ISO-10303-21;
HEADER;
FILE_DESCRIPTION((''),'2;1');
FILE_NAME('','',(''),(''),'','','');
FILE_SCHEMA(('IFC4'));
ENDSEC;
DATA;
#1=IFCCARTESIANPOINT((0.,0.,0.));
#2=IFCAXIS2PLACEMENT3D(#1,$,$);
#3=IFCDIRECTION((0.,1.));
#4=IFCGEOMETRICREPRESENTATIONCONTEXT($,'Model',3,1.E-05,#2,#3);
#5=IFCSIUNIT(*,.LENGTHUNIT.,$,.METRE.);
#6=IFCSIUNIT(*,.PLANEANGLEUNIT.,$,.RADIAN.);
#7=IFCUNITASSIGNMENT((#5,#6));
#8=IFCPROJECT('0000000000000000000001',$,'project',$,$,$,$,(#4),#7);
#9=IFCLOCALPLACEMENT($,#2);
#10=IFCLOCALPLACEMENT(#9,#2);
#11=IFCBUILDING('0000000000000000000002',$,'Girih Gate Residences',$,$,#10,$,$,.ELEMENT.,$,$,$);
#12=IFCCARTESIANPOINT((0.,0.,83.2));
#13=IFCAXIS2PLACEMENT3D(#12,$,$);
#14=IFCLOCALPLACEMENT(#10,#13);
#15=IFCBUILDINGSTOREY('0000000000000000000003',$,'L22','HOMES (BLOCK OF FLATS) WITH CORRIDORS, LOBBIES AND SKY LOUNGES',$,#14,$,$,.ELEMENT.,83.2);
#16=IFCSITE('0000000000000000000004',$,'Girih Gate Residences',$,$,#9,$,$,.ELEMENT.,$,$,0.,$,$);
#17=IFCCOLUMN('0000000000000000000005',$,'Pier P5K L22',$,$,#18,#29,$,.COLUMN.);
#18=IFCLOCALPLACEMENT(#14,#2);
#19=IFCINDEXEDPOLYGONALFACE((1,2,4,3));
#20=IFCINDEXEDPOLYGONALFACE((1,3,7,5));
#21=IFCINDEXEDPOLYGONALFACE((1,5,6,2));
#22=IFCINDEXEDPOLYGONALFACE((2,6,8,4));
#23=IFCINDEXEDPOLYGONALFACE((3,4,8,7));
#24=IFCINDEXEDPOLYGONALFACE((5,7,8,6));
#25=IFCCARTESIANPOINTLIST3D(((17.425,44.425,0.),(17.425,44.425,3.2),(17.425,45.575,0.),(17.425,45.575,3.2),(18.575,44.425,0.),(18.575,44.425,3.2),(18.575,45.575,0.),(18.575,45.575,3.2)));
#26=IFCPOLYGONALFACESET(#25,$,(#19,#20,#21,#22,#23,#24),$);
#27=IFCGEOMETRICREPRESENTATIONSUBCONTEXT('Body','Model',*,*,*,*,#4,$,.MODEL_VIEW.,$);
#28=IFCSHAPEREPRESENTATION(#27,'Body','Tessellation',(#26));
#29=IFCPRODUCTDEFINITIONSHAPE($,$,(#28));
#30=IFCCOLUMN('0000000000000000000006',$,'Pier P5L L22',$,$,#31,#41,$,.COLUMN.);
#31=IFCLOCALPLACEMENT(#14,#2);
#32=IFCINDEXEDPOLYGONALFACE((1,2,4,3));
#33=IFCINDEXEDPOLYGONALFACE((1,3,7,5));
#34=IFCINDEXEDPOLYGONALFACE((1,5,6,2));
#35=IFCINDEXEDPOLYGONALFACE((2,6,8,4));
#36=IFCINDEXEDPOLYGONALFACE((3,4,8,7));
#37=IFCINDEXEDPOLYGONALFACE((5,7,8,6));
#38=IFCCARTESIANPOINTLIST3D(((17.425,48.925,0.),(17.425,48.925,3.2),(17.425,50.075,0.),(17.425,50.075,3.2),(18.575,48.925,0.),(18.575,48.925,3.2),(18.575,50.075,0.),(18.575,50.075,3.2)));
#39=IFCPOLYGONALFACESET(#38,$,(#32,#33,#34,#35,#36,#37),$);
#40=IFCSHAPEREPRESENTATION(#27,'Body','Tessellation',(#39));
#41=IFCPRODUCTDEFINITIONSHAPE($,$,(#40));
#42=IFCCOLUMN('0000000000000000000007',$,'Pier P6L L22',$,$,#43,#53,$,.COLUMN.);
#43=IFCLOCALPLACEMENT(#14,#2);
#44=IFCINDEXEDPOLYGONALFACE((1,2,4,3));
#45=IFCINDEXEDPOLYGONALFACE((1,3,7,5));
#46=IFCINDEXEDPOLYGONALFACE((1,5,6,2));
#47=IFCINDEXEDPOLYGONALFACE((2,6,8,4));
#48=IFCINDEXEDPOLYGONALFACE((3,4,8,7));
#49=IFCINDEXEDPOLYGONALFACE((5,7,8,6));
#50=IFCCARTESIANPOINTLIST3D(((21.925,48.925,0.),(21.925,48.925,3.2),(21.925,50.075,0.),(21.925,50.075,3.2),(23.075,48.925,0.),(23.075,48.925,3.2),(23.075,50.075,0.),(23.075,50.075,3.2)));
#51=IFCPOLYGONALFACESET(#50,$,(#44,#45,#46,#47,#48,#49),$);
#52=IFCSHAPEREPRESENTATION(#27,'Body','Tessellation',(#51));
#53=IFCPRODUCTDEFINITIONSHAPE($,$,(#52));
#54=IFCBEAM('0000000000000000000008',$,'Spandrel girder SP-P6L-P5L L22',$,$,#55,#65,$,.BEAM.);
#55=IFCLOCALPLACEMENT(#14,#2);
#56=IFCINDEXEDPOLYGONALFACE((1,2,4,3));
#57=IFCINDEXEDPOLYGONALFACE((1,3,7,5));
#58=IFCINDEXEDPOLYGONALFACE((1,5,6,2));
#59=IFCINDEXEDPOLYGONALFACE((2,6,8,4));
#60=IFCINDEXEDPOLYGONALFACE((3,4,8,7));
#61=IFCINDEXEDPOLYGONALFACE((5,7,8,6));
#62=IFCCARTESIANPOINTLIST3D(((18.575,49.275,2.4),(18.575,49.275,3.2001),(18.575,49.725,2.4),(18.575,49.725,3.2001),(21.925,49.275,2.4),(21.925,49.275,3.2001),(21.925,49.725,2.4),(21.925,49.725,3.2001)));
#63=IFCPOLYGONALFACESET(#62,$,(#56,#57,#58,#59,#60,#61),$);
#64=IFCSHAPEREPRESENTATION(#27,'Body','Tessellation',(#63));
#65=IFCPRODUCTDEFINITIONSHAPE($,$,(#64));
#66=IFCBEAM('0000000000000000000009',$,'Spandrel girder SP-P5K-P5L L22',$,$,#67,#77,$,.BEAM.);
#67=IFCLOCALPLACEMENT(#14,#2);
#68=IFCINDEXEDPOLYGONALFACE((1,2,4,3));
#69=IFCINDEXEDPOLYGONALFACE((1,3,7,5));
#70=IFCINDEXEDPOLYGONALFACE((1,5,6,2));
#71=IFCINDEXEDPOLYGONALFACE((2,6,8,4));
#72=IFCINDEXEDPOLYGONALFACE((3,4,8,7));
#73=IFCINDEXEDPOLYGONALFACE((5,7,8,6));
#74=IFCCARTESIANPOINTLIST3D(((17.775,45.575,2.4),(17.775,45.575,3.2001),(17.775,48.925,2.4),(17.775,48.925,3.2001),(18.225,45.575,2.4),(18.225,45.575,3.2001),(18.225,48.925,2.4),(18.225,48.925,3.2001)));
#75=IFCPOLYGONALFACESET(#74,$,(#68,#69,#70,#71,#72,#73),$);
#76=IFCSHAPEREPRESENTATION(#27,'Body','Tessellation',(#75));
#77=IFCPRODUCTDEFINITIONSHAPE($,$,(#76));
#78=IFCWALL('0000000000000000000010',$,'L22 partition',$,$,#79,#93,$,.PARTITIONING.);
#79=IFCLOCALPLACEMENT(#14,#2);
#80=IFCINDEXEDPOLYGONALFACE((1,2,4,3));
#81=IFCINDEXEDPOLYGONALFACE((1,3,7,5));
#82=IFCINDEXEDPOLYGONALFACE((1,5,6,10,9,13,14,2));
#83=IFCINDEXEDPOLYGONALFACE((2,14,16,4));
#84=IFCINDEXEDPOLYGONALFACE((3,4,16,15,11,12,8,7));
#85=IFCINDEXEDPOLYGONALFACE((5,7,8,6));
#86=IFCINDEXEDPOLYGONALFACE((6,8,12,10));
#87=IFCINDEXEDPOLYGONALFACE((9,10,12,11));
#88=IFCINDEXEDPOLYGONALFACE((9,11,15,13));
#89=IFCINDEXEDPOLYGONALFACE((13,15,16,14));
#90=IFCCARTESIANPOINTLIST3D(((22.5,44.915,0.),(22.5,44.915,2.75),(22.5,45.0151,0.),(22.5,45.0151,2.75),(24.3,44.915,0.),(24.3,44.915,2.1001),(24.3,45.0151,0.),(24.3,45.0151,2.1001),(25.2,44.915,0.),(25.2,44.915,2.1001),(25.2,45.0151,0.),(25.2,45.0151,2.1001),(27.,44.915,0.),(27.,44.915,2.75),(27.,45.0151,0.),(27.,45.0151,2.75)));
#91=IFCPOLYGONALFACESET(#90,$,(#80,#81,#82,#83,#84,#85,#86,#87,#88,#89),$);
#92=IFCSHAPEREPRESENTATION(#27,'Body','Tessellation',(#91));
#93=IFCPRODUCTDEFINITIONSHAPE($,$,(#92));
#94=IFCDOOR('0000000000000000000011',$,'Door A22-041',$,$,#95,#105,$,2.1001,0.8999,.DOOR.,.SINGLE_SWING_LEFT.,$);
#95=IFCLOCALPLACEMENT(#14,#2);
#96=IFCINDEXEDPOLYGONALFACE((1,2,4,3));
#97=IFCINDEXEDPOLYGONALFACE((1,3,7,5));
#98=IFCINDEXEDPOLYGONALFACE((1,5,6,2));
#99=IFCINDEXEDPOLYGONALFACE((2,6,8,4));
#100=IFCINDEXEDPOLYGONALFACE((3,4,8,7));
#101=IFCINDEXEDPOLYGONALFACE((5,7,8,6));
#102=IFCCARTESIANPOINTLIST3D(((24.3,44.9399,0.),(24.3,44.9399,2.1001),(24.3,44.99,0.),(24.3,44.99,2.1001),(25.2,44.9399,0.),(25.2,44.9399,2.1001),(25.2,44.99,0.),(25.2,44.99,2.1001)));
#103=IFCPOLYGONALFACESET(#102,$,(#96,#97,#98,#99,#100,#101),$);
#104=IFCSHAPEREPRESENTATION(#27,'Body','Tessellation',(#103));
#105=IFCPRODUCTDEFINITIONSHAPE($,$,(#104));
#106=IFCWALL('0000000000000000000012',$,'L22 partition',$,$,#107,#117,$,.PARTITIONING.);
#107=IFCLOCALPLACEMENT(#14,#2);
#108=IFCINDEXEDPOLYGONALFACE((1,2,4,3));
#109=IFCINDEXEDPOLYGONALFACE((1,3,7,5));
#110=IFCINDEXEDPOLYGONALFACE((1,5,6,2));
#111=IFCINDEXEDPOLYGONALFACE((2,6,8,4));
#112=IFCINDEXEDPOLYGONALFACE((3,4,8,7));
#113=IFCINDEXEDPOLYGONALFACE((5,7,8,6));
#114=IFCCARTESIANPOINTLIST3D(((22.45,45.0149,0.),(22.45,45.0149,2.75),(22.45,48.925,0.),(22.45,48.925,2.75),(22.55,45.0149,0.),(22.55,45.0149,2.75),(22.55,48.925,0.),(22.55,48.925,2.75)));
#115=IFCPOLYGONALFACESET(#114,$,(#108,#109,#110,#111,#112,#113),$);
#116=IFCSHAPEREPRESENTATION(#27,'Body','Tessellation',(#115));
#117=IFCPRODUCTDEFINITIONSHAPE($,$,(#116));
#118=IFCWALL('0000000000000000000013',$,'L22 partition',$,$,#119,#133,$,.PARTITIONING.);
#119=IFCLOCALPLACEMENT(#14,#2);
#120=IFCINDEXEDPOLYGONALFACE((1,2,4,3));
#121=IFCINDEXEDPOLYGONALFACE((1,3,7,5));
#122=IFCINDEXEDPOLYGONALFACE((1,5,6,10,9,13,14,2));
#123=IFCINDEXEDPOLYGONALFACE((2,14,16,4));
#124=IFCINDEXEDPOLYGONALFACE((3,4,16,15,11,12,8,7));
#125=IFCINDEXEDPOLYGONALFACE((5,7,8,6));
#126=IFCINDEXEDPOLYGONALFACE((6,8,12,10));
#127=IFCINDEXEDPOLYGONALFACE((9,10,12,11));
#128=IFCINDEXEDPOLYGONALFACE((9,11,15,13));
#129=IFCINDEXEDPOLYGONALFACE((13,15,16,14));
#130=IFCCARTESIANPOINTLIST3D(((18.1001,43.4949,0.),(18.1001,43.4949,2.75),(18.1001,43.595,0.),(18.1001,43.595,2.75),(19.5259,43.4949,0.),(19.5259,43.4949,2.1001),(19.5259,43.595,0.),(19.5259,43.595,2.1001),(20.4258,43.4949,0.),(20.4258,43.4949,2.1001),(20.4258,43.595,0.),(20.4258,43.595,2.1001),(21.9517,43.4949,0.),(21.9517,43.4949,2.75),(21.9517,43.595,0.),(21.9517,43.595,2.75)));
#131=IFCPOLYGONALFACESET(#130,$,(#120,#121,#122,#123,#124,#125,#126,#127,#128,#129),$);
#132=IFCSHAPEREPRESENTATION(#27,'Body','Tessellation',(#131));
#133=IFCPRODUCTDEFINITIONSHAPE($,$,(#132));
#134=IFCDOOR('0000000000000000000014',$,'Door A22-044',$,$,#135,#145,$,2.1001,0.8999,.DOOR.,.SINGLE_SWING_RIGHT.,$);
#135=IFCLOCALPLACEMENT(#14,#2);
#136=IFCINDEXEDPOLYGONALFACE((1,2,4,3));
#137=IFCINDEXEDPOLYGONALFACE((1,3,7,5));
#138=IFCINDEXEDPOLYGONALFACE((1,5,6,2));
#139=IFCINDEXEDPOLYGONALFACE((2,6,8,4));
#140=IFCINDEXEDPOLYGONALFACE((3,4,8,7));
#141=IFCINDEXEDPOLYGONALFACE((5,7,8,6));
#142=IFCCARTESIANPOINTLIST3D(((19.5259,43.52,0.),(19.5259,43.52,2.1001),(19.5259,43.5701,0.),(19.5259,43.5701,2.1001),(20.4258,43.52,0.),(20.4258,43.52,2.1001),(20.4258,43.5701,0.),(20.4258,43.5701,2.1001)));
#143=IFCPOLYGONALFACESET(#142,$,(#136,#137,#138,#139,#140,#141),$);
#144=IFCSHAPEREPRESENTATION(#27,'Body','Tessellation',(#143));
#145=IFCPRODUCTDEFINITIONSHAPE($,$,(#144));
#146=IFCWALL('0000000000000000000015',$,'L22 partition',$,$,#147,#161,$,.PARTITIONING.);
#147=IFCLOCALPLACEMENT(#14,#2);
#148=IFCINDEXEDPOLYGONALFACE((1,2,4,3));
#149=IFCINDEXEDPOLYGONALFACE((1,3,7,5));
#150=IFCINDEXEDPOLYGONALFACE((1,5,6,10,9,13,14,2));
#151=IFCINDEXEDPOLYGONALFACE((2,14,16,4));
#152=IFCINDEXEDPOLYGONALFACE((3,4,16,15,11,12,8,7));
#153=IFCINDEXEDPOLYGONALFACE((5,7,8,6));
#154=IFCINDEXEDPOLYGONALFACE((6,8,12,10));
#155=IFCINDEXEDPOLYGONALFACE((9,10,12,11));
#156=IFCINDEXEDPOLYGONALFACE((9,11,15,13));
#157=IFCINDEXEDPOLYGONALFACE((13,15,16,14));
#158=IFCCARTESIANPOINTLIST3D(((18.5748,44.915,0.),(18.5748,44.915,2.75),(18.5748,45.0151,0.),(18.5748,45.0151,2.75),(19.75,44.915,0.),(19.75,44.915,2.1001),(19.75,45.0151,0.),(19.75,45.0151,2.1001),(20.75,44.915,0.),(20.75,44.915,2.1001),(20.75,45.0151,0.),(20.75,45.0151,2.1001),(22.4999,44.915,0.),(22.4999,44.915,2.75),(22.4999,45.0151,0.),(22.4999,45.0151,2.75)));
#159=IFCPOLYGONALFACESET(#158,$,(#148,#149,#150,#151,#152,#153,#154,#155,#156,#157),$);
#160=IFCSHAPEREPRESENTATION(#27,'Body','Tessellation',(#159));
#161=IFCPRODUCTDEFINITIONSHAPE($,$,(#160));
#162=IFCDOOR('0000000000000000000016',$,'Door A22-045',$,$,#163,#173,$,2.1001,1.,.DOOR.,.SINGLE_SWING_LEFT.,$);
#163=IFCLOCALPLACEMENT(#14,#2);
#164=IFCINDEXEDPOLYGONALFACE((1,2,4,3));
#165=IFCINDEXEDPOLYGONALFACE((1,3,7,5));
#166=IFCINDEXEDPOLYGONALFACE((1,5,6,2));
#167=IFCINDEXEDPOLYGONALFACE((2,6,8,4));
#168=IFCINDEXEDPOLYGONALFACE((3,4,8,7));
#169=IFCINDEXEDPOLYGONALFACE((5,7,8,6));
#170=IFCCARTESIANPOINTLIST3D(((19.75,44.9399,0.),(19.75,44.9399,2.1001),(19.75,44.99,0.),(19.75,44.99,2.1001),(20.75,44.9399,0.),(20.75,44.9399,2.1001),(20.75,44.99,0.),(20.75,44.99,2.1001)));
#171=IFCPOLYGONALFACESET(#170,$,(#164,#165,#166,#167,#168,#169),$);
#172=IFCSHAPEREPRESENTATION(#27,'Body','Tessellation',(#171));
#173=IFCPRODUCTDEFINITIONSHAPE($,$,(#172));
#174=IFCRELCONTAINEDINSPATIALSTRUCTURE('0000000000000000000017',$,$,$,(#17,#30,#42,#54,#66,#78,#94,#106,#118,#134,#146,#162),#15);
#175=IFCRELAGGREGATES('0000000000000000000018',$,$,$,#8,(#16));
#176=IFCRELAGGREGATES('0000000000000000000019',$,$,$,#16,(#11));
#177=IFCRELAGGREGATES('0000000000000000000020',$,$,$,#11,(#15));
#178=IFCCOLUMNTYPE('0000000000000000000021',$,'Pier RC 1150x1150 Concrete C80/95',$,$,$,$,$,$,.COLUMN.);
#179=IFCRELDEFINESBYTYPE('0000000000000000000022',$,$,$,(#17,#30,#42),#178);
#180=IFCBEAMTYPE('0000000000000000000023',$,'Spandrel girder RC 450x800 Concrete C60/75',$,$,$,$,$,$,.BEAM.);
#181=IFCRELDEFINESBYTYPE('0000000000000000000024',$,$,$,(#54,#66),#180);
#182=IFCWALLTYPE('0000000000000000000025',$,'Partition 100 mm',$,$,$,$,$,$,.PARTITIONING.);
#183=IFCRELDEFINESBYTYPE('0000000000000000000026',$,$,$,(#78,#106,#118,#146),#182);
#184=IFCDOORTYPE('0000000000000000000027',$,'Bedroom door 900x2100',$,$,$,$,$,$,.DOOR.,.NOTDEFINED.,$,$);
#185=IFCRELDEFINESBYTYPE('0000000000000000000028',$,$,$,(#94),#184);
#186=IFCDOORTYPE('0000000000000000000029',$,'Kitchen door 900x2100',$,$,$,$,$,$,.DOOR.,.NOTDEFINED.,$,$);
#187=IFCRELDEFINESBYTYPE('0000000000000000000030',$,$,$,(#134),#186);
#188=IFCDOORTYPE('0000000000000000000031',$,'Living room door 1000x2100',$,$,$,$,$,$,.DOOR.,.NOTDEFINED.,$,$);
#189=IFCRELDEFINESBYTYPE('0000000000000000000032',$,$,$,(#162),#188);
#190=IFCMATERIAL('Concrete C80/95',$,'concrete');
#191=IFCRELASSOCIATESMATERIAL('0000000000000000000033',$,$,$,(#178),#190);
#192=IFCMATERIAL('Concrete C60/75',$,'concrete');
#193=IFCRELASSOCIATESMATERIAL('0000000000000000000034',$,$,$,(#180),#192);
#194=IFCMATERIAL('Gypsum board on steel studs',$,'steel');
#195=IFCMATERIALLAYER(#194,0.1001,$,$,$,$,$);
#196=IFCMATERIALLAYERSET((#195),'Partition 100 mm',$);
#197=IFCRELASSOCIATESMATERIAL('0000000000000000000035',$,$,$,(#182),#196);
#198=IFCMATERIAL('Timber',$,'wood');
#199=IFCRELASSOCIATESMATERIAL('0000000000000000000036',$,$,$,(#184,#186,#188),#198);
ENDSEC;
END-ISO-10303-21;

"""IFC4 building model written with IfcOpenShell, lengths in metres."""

from ifc_helpers import new_model, si_unit, direction, frame, frame_2d, origin, origin_2d, place, context, subcontext, project, spatial, rectangle, extrude, material, layer, layer_set, material_profile, profile_set, type_object, element, fill, save


model = new_model("IFC4")

# Units and contexts
model_context = context("Model", 3, precision=1e-05, world=origin(), true_north=direction((0.0, 1.0)))
body_context = subcontext(model_context, "Body", "Model", "MODEL_VIEW")
ifc_project = project(units=[si_unit("LENGTHUNIT", "METRE"), si_unit("PLANEANGLEUNIT", "RADIAN")], contexts=[model_context])

# Site, building, storey
site_placement = place(None, origin())
site = spatial("IfcSite", under=ifc_project, at=site_placement, Name="Girih Gate Residences", CompositionType="ELEMENT", RefElevation=0.0)
building_placement = place(site_placement, origin())
building = spatial("IfcBuilding", under=site, at=building_placement, Name="Girih Gate Residences", CompositionType="ELEMENT")
storey_placement = place(building_placement, frame((0.0, 0.0, 83.2)))
storey = spatial("IfcBuildingStorey", under=building, at=storey_placement, Name="L22", Description="HOMES (BLOCK OF FLATS) WITH CORRIDORS, LOBBIES AND SKY LOUNGES", CompositionType="ELEMENT", Elevation=83.2)

# Columns
ifc_material_1 = material(Name="Concrete C80/95", Category="concrete")
ifc_material_profile_1 = material_profile(ifc_material_1, rectangle(XDim=1.1499, YDim=1.1499, at=origin_2d()))
ifc_profile_set_1 = profile_set([ifc_material_profile_1], Name="Concrete C80/95")
column_type = type_object("IfcColumnType", Name="Pier RC 1150x1150 Concrete C80/95", PredefinedType="COLUMN", material=ifc_profile_set_1)
for number, where, z_axis, x_axis, name in (
    (1, (18.0, 45.0, 0.0), (0.0, 0.0, 1.0), (1.0, 0.0, 0.0), "Pier P5K L22"),
    (2, (18.0, 49.5, 0.0), (0.0, 0.0, 1.0), (1.0, 0.0, 0.0), "Pier P5L L22"),
    (3, (22.5, 49.5, 0.0), (0.0, 0.0, 1.0), (1.0, 0.0, 0.0), "Pier P6L L22"),
):
    element("IfcColumn", number, at=place(storey_placement, frame(where, z_axis=z_axis, x_axis=x_axis)), inside=storey, type_object=column_type, Name=name, PredefinedType="COLUMN", context=body_context, shape_type="SweptSolid", body=[
        extrude(rectangle(XDim=1.1499, YDim=1.1499, at=origin_2d()), origin(), (0.0, 0.0, 1.0), 3.2),
    ])

# Beams
ifc_material_2 = material(Name="Concrete C60/75", Category="concrete")
ifc_material_profile_2 = material_profile(ifc_material_2, rectangle(XDim=0.45, YDim=0.8, at=origin_2d()))
ifc_profile_set_2 = profile_set([ifc_material_profile_2], Name="Concrete C60/75")
beam_type = type_object("IfcBeamType", Name="Spandrel girder RC 450x800 Concrete C60/75", PredefinedType="BEAM", material=ifc_profile_set_2)
for number, where, z_axis, x_axis, name in (
    (4, (21.925, 49.5, 2.8), (-1.0, 0.0, 0.0), (0.0, -1.0, 0.0), "Spandrel girder SP-P6L-P5L L22"),
    (5, (18.0, 45.575, 2.8), (0.0, 1.0, 0.0), (-1.0, 0.0, 0.0), "Spandrel girder SP-P5K-P5L L22"),
):
    element("IfcBeam", number, at=place(storey_placement, frame(where, z_axis=z_axis, x_axis=x_axis)), inside=storey, type_object=beam_type, Name=name, PredefinedType="BEAM", context=body_context, shape_type="SweptSolid", body=[
        extrude(rectangle(XDim=0.45, YDim=0.8, at=origin_2d()), origin(), (0.0, 0.0, 1.0), 3.3501),
    ])

# Wall, opening, door
ifc_material_3 = material(Name="Gypsum board on steel studs", Category="steel")
ifc_layer_1 = layer(ifc_material_3, 0.1001)
ifc_layer_set_1 = layer_set([ifc_layer_1], Name="Partition 100 mm")
wall_type_1 = type_object("IfcWallType", Name="Partition 100 mm", PredefinedType="PARTITIONING", material=ifc_layer_set_1)
wall_1_placement = place(storey_placement, frame((22.5, 44.9651, 0.0), z_axis=(0.0, 0.0, 1.0), x_axis=(1.0, 0.0, 0.0)))
wall_1 = element("IfcWall", 6, at=wall_1_placement, inside=storey, type_object=wall_type_1, Name="L22 partition", PredefinedType="PARTITIONING", context=body_context, shape_type="SweptSolid", body=[
    extrude(rectangle(XDim=4.5, YDim=0.1001, at=frame_2d((2.25, 0.0))), origin(), (0.0, 0.0, 1.0), 2.75),
])
opening_1_placement = place(wall_1_placement, frame((1.8, 0.0, 0.0)))
opening_1 = element("IfcOpeningElement", 7, at=opening_1_placement, cuts=wall_1, PredefinedType="OPENING", context=body_context, shape_type="SweptSolid", body=[
    extrude(rectangle(XDim=0.8999, YDim=2.1001, at=frame_2d((0.45, 1.05))), frame((0.0, 0.0601, 0.0), z_axis=(0.0, -1.0, 0.0), x_axis=(1.0, 0.0, 0.0)), (0.0, 0.0, 1.0), 0.1201),
])
ifc_material_4 = material(Name="Timber", Category="wood")
door_type_1 = type_object("IfcDoorType", Name="Bedroom door 900x2100", OperationType="NOTDEFINED", PredefinedType="DOOR", material=ifc_material_4)
door_1_placement = place(opening_1_placement, origin())
door_1 = element("IfcDoor", 8, at=door_1_placement, inside=storey, type_object=door_type_1, Name="Door A22-041", OperationType="SINGLE_SWING_LEFT", OverallHeight=2.1001, OverallWidth=0.8999, PredefinedType="DOOR", context=body_context, shape_type="SweptSolid", body=[
    extrude(rectangle(XDim=0.8999, YDim=2.1001, at=frame_2d((0.45, 1.05))), frame((0.0, 0.0249, 0.0), z_axis=(0.0, -1.0, 0.0), x_axis=(1.0, 0.0, 0.0)), (0.0, 0.0, 1.0), 0.05),
])
fill(opening_1, door_1)

# Wall
wall_2_placement = place(storey_placement, frame((22.5, 45.0149, 0.0), z_axis=(0.0, 0.0, 1.0), x_axis=(0.0, 1.0, 0.0)))
element("IfcWall", 9, at=wall_2_placement, inside=storey, type_object=wall_type_1, Name="L22 partition", PredefinedType="PARTITIONING", context=body_context, shape_type="SweptSolid", body=[
    extrude(rectangle(XDim=3.9102, YDim=0.1001, at=frame_2d((1.9551, 0.0))), origin(), (0.0, 0.0, 1.0), 2.75),
])

# Walls, openings, doors
wall_3_placement = place(storey_placement, frame((21.9517, 43.5449, 0.0), z_axis=(0.0, 0.0, 1.0), x_axis=(-1.0, 0.0, 0.0)))
wall_3 = element("IfcWall", 10, at=wall_3_placement, inside=storey, type_object=wall_type_1, Name="L22 partition", PredefinedType="PARTITIONING", context=body_context, shape_type="SweptSolid", body=[
    extrude(rectangle(XDim=3.8516, YDim=0.1001, at=frame_2d((1.9258, 0.0))), origin(), (0.0, 0.0, 1.0), 2.75),
])
opening_2_placement = place(wall_3_placement, frame((1.5259, 0.0, 0.0)))
opening_2 = element("IfcOpeningElement", 11, at=opening_2_placement, cuts=wall_3, PredefinedType="OPENING", context=body_context, shape_type="SweptSolid", body=[
    extrude(rectangle(XDim=0.8999, YDim=2.1001, at=frame_2d((0.45, 1.05))), frame((0.0, 0.0601, 0.0), z_axis=(0.0, -1.0, 0.0), x_axis=(1.0, 0.0, 0.0)), (0.0, 0.0, 1.0), 0.1201),
])
door_type_2 = type_object("IfcDoorType", Name="Kitchen door 900x2100", OperationType="NOTDEFINED", PredefinedType="DOOR", material=ifc_material_4)
door_2_placement = place(opening_2_placement, origin())
door_2 = element("IfcDoor", 12, at=door_2_placement, inside=storey, type_object=door_type_2, Name="Door A22-044", OperationType="SINGLE_SWING_RIGHT", OverallHeight=2.1001, OverallWidth=0.8999, PredefinedType="DOOR", context=body_context, shape_type="SweptSolid", body=[
    extrude(rectangle(XDim=0.8999, YDim=2.1001, at=frame_2d((0.45, 1.05))), frame((0.0, 0.0249, 0.0), z_axis=(0.0, -1.0, 0.0), x_axis=(1.0, 0.0, 0.0)), (0.0, 0.0, 1.0), 0.05),
])
fill(opening_2, door_2)
wall_4_placement = place(storey_placement, frame((18.575, 44.9651, 0.0), z_axis=(0.0, 0.0, 1.0), x_axis=(1.0, 0.0, 0.0)))
wall_4 = element("IfcWall", 13, at=wall_4_placement, inside=storey, type_object=wall_type_1, Name="L22 partition", PredefinedType="PARTITIONING", context=body_context, shape_type="SweptSolid", body=[
    extrude(rectangle(XDim=3.925, YDim=0.1001, at=frame_2d((1.9624, 0.0))), origin(), (0.0, 0.0, 1.0), 2.75),
])
opening_3_placement = place(wall_4_placement, frame((1.175, 0.0, 0.0)))
opening_3 = element("IfcOpeningElement", 14, at=opening_3_placement, cuts=wall_4, PredefinedType="OPENING", context=body_context, shape_type="SweptSolid", body=[
    extrude(rectangle(XDim=1.0, YDim=2.1001, at=frame_2d((0.5, 1.05))), frame((0.0, 0.0601, 0.0), z_axis=(0.0, -1.0, 0.0), x_axis=(1.0, 0.0, 0.0)), (0.0, 0.0, 1.0), 0.1201),
])
door_type_3 = type_object("IfcDoorType", Name="Living room door 1000x2100", OperationType="NOTDEFINED", PredefinedType="DOOR", material=ifc_material_4)
door_3_placement = place(opening_3_placement, origin())
door_3 = element("IfcDoor", 15, at=door_3_placement, inside=storey, type_object=door_type_3, Name="Door A22-045", OperationType="SINGLE_SWING_LEFT", OverallHeight=2.1001, OverallWidth=1.0, PredefinedType="DOOR", context=body_context, shape_type="SweptSolid", body=[
    extrude(rectangle(XDim=1.0, YDim=2.1001, at=frame_2d((0.5, 1.05))), frame((0.0, 0.0249, 0.0), z_axis=(0.0, -1.0, 0.0), x_axis=(1.0, 0.0, 0.0)), (0.0, 0.0, 1.0), 0.05),
])
fill(opening_3, door_3)

save(model, "model.ifc")
